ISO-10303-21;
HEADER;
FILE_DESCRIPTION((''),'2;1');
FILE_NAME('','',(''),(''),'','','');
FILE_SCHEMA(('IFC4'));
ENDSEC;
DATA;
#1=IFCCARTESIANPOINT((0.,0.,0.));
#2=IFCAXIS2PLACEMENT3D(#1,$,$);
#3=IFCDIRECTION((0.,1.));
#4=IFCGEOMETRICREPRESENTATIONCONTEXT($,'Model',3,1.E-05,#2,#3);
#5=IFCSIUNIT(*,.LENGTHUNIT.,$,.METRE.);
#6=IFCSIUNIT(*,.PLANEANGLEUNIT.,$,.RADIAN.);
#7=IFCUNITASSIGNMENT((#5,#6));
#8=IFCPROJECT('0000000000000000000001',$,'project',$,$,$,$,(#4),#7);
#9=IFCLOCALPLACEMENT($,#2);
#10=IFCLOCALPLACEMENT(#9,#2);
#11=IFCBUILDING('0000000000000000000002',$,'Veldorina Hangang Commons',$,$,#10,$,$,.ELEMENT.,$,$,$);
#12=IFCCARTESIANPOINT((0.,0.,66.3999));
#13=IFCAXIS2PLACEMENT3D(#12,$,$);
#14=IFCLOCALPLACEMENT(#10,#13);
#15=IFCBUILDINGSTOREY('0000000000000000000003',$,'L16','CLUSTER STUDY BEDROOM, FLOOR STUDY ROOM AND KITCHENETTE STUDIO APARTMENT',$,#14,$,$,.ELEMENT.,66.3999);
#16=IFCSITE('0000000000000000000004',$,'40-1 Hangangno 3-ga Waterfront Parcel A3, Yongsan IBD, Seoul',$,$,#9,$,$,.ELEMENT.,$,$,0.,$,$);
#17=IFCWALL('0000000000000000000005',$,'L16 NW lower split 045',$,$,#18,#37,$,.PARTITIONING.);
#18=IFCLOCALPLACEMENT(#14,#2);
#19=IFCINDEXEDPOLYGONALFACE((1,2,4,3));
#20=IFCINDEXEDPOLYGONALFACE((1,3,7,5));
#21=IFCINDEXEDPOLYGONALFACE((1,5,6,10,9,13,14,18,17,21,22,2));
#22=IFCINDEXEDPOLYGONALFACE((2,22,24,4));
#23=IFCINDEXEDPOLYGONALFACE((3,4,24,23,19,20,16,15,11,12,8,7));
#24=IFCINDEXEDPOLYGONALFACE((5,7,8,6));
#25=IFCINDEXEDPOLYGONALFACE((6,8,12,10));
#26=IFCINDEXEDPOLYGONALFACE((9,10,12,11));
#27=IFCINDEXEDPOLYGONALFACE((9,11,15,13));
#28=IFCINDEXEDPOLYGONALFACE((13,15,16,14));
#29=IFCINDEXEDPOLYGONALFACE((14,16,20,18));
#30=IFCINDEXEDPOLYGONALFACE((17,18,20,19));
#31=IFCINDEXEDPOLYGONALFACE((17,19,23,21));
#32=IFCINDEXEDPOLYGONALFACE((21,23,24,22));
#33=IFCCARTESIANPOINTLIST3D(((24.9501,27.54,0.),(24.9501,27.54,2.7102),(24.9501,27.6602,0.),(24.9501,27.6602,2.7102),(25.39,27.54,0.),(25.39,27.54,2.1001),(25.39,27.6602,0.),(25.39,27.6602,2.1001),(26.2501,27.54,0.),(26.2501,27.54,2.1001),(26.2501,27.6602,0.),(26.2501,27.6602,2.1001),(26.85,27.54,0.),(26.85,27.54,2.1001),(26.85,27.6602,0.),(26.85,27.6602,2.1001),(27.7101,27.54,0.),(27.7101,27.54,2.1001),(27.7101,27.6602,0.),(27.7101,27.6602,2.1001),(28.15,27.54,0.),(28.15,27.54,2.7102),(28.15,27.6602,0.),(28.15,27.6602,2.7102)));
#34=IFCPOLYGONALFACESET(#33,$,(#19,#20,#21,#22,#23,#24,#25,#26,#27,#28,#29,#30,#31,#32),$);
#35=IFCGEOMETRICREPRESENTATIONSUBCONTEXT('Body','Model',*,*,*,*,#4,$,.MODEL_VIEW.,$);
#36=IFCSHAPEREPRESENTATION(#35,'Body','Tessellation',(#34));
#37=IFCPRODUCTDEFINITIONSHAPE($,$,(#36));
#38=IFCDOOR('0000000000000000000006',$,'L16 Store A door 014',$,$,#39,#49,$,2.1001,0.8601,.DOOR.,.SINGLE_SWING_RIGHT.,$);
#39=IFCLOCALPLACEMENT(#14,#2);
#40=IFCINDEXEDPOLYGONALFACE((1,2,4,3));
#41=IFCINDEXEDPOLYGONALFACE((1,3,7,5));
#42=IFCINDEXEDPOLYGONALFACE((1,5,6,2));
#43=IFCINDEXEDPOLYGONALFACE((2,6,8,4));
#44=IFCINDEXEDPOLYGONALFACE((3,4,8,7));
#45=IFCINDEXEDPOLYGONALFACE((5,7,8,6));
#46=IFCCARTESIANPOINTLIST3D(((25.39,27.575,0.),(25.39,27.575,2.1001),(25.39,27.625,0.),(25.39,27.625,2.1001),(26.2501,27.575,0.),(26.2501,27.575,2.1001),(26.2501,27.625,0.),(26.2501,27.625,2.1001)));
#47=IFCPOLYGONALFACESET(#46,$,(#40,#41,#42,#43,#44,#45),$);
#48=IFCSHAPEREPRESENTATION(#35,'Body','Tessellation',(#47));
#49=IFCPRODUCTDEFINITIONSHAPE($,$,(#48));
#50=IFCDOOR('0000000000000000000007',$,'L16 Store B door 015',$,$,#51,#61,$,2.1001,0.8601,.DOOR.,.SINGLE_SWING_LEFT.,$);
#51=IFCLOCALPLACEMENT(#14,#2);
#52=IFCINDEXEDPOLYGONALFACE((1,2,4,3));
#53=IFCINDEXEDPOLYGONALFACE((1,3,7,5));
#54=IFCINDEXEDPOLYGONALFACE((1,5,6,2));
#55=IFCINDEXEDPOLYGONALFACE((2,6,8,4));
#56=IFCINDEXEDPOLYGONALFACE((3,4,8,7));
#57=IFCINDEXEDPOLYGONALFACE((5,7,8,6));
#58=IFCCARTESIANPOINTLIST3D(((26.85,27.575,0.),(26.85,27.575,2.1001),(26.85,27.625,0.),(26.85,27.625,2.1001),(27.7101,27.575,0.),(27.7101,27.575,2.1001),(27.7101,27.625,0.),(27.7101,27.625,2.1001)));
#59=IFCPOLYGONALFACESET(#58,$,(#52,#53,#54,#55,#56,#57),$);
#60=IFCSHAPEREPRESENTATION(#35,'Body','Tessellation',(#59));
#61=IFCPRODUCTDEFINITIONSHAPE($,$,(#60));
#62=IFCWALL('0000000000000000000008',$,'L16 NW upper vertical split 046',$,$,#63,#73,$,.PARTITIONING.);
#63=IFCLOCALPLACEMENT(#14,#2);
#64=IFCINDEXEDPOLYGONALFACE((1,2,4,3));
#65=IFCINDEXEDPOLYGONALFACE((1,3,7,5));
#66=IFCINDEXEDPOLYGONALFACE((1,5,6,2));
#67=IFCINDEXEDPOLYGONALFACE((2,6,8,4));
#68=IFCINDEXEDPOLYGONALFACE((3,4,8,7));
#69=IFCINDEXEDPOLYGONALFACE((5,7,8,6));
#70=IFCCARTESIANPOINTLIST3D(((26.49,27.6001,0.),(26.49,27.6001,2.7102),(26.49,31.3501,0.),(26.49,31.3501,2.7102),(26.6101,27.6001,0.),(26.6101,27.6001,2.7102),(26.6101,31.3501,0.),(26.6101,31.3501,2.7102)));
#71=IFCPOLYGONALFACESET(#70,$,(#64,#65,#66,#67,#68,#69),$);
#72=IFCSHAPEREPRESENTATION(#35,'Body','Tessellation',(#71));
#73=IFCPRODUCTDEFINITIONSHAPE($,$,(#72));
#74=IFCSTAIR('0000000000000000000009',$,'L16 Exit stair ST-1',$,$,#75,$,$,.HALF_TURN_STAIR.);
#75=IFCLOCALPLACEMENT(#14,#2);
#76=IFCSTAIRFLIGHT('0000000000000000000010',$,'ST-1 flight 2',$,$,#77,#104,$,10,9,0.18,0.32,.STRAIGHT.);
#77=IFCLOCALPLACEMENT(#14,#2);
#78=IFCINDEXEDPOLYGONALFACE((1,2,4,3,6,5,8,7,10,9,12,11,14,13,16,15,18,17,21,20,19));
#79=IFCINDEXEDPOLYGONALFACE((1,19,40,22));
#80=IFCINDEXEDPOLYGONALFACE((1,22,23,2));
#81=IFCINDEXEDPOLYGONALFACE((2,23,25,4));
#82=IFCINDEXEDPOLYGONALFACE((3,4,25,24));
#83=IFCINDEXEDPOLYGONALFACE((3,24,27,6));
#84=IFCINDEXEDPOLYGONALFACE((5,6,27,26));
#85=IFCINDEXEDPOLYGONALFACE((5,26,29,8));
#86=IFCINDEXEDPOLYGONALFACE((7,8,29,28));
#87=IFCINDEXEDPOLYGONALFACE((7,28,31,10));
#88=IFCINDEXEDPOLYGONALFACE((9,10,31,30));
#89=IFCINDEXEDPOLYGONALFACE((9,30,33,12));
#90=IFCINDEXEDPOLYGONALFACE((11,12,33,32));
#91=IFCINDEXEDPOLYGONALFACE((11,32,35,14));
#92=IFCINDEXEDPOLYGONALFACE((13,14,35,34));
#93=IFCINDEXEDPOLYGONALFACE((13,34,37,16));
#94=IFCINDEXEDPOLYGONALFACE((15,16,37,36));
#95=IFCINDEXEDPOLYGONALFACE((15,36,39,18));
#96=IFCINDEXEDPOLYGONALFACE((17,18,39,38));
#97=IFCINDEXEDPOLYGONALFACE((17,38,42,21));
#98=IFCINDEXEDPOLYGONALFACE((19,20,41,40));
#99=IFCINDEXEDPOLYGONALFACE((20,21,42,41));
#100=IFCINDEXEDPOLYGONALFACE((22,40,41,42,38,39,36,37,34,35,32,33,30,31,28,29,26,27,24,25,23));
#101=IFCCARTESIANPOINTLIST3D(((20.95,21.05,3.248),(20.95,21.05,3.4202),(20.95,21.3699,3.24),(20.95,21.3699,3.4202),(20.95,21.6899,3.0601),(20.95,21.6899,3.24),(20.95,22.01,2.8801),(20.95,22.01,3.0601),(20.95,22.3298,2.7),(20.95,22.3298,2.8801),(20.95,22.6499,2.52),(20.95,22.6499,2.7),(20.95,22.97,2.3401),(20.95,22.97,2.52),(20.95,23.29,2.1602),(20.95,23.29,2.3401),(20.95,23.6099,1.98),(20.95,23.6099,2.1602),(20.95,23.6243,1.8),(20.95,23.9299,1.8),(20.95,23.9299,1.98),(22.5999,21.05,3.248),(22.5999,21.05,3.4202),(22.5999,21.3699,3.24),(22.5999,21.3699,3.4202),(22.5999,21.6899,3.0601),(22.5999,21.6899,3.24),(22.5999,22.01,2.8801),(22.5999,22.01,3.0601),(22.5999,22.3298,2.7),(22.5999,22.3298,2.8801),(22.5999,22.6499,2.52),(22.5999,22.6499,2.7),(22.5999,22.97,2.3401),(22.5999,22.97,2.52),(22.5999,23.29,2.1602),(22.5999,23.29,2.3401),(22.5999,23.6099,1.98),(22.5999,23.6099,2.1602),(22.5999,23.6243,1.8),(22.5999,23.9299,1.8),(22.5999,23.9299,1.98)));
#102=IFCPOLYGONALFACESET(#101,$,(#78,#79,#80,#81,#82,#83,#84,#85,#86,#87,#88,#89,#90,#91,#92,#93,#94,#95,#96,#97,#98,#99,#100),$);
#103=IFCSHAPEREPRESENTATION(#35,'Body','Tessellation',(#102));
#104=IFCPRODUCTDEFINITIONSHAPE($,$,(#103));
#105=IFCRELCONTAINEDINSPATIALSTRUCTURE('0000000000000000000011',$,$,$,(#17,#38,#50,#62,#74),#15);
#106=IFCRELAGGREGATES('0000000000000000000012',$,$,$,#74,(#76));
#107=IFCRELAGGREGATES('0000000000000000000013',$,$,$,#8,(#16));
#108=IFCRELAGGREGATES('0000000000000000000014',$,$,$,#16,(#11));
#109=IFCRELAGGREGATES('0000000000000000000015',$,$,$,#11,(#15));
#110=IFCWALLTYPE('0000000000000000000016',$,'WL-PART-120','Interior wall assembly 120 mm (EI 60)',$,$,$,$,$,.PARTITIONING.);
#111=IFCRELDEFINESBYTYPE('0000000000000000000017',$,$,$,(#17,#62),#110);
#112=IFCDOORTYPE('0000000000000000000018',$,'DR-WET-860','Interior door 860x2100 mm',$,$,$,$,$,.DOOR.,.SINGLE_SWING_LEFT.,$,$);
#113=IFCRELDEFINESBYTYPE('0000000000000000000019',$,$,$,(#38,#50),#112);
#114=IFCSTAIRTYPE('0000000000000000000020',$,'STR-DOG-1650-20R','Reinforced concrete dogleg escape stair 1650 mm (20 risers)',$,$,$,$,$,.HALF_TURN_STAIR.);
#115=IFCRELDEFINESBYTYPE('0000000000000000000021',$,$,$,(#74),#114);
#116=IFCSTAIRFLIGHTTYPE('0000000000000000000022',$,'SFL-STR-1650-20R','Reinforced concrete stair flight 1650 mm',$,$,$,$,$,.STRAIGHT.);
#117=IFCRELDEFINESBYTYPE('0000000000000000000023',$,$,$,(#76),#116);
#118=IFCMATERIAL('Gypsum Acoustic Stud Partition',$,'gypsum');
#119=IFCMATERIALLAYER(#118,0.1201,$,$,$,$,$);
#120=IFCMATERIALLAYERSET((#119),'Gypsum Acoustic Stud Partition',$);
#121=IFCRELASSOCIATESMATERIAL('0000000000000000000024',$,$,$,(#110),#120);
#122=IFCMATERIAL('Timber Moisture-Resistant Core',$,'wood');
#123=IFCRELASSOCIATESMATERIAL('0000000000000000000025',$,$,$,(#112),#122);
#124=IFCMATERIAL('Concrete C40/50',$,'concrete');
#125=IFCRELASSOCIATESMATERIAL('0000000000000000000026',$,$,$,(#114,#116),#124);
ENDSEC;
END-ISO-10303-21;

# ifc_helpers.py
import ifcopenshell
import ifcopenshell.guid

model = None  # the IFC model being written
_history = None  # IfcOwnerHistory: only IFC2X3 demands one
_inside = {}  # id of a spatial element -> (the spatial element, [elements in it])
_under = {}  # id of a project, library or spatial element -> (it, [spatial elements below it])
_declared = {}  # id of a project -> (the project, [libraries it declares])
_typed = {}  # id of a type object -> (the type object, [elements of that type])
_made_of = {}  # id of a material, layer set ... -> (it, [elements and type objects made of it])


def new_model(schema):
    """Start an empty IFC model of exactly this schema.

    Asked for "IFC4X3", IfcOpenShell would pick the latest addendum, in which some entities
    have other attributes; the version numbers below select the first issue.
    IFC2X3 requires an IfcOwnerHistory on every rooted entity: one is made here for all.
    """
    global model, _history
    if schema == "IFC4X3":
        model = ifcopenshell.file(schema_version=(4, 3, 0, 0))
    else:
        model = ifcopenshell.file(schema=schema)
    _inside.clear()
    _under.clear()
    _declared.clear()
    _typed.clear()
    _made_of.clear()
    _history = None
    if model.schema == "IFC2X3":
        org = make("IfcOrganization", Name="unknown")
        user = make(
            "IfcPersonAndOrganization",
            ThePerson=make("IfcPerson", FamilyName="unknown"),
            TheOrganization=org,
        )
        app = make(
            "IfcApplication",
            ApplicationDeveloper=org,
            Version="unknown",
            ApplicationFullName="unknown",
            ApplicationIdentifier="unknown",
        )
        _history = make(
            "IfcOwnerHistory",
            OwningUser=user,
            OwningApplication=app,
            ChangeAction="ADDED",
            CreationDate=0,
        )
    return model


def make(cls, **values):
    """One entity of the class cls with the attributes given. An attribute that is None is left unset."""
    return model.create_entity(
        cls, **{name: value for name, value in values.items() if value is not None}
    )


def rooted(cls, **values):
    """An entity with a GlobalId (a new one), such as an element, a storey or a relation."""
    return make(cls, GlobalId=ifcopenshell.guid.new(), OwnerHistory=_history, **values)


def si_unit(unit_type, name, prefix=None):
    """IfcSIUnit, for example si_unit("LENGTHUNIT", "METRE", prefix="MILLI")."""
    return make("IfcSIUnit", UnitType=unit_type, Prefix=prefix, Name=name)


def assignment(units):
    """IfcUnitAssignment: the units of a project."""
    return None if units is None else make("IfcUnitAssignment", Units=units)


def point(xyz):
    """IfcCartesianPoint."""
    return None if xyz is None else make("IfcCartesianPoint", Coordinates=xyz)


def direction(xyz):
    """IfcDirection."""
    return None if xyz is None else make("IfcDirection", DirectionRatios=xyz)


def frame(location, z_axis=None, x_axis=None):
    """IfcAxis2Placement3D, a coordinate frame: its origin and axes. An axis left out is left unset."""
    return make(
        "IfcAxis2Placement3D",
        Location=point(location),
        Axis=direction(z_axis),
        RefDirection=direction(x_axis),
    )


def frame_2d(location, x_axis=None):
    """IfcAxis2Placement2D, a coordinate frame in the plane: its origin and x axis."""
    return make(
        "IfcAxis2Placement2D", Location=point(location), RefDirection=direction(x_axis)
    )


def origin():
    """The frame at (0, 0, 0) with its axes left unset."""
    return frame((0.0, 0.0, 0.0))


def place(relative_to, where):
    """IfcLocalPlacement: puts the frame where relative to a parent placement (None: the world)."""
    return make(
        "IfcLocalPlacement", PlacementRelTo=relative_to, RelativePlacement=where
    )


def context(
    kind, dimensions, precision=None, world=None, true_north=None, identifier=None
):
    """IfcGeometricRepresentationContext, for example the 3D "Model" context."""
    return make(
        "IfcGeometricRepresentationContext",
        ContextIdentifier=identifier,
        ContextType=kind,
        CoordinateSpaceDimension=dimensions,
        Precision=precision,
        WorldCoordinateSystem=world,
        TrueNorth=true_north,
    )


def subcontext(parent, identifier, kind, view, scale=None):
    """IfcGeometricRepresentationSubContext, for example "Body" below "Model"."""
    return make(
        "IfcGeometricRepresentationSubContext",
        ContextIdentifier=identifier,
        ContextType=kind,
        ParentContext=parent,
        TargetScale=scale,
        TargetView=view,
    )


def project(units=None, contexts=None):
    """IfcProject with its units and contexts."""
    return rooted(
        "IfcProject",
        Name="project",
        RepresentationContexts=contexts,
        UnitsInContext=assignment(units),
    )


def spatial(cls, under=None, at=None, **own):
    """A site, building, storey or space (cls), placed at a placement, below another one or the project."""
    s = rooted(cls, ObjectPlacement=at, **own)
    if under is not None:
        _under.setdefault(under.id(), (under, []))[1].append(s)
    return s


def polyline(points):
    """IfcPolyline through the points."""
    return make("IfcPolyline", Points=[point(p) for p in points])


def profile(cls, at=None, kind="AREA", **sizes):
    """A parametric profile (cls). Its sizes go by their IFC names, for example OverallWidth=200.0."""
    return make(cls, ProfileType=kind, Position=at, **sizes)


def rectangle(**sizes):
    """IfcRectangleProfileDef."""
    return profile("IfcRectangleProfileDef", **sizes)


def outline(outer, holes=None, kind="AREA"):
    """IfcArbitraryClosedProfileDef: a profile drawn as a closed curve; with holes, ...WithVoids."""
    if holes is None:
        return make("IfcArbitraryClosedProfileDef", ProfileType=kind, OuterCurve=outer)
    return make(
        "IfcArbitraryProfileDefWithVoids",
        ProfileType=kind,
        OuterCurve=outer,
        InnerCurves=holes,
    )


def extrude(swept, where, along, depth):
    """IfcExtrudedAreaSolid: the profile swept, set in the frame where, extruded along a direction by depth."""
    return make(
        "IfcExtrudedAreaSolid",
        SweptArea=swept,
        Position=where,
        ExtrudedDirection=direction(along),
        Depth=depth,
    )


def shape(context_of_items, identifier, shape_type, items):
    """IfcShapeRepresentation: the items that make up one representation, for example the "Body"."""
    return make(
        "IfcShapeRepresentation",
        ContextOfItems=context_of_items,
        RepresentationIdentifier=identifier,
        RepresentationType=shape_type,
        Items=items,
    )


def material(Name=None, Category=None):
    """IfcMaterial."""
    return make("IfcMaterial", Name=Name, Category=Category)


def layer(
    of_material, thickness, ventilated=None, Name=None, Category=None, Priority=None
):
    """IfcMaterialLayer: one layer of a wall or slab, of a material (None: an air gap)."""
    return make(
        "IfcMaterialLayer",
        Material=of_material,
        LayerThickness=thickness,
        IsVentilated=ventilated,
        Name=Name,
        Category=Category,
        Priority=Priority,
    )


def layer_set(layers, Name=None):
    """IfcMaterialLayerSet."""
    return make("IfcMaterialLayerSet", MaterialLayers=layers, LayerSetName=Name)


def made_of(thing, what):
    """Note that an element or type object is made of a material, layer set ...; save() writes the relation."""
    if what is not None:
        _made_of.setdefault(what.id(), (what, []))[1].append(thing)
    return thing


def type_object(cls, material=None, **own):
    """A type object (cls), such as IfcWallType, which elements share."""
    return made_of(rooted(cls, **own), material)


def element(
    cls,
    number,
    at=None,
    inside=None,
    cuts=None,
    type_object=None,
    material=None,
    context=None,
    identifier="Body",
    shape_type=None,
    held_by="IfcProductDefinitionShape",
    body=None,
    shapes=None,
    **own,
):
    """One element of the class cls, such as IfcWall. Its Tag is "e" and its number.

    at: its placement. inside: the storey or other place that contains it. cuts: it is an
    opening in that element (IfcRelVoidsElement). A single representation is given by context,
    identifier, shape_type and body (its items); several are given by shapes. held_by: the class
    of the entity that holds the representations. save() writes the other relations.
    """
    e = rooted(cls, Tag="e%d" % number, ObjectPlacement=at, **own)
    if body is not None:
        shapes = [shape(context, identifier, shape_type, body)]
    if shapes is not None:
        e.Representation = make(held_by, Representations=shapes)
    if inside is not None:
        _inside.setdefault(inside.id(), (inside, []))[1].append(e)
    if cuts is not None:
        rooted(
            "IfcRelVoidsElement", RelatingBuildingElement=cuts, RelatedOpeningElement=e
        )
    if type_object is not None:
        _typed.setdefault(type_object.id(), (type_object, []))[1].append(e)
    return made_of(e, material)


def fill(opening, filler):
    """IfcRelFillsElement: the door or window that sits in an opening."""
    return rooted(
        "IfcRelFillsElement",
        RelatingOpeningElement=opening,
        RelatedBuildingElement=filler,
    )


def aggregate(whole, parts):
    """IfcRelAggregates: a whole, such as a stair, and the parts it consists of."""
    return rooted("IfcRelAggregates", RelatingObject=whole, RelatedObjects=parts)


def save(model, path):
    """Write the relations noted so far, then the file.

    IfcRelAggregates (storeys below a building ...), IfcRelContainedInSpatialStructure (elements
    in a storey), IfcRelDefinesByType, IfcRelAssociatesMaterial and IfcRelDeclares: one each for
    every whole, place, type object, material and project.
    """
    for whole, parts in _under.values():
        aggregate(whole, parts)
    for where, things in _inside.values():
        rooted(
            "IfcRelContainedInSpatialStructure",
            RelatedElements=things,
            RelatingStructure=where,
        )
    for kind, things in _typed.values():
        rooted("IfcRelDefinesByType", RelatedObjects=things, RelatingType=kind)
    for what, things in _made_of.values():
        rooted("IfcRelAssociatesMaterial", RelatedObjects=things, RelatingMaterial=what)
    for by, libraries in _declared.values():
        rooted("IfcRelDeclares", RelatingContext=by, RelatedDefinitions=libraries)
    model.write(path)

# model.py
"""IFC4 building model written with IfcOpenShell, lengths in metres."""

from ifc_helpers import new_model, si_unit, direction, frame, frame_2d, origin, place, context, subcontext, project, spatial, polyline, rectangle, outline, extrude, material, layer, layer_set, type_object, element, fill, aggregate, save


model = new_model("IFC4")

# Units and contexts
model_context = context("Model", 3, precision=1e-05, world=origin(), true_north=direction((0.0, 1.0)))
body_context = subcontext(model_context, "Body", "Model", "MODEL_VIEW")
ifc_project = project(units=[si_unit("LENGTHUNIT", "METRE"), si_unit("PLANEANGLEUNIT", "RADIAN")], contexts=[model_context])

# Site, building, storey
site_placement = place(None, origin())
site = spatial("IfcSite", under=ifc_project, at=site_placement, Name="40-1 Hangangno 3-ga Waterfront Parcel A3, Yongsan IBD, Seoul", CompositionType="ELEMENT", RefElevation=0.0)
building_placement = place(site_placement, origin())
building = spatial("IfcBuilding", under=site, at=building_placement, Name="Veldorina Hangang Commons", CompositionType="ELEMENT")
storey_placement = place(building_placement, frame((0.0, 0.0, 66.3999)))
storey = spatial("IfcBuildingStorey", under=building, at=storey_placement, Name="L16", Description="CLUSTER STUDY BEDROOM, FLOOR STUDY ROOM AND KITCHENETTE STUDIO APARTMENT", CompositionType="ELEMENT", Elevation=66.3999)

# Shared definitions
ifc_material_1 = material(Name="Gypsum Acoustic Stud Partition", Category="gypsum")
ifc_layer_1 = layer(ifc_material_1, 0.1201)
ifc_layer_set_1 = layer_set([ifc_layer_1], Name="Gypsum Acoustic Stud Partition")
wall_type_1 = type_object("IfcWallType", Name="WL-PART-120", Description="Interior wall assembly 120 mm (EI 60)", PredefinedType="PARTITIONING", material=ifc_layer_set_1)

# Wall, openings, doors
wall_1_placement = place(storey_placement, frame((24.95, 27.6001, 0.0), z_axis=(0.0, 0.0, 1.0), x_axis=(1.0, 0.0, 0.0)))
wall_1 = element("IfcWall", 1, at=wall_1_placement, inside=storey, type_object=wall_type_1, Name="L16 NW lower split 045", PredefinedType="PARTITIONING", context=body_context, shape_type="SweptSolid", body=[
    extrude(rectangle(XDim=3.2, YDim=0.1201, at=frame_2d((1.6001, 0.0))), origin(), (0.0, 0.0, 1.0), 2.7102),
])
opening_1_placement = place(wall_1_placement, frame((0.4399, 0.0, 0.0)))
opening_1 = element("IfcOpeningElement", 2, at=opening_1_placement, cuts=wall_1, PredefinedType="OPENING", context=body_context, shape_type="SweptSolid", body=[
    extrude(rectangle(XDim=0.8601, YDim=2.1001, at=frame_2d((0.4302, 1.05))), frame((0.0, 0.0701, 0.0), z_axis=(0.0, -1.0, 0.0), x_axis=(1.0, 0.0, 0.0)), (0.0, 0.0, 1.0), 0.1401),
])
opening_2_placement = place(wall_1_placement, frame((1.8999, 0.0, 0.0)))
opening_2 = element("IfcOpeningElement", 3, at=opening_2_placement, cuts=wall_1, PredefinedType="OPENING", context=body_context, shape_type="SweptSolid", body=[
    extrude(rectangle(XDim=0.8601, YDim=2.1001, at=frame_2d((0.4302, 1.05))), frame((0.0, 0.0701, 0.0), z_axis=(0.0, -1.0, 0.0), x_axis=(1.0, 0.0, 0.0)), (0.0, 0.0, 1.0), 0.1401),
])
ifc_material_2 = material(Name="Timber Moisture-Resistant Core", Category="wood")
door_type_1 = type_object("IfcDoorType", Name="DR-WET-860", Description="Interior door 860x2100 mm", OperationType="SINGLE_SWING_LEFT", PredefinedType="DOOR", material=ifc_material_2)
door_1_placement = place(opening_1_placement, origin())
door_1 = element("IfcDoor", 4, at=door_1_placement, inside=storey, type_object=door_type_1, Name="L16 Store A door 014", OperationType="SINGLE_SWING_RIGHT", OverallHeight=2.1001, OverallWidth=0.8601, PredefinedType="DOOR", context=body_context, shape_type="SweptSolid", body=[
    extrude(rectangle(XDim=0.8601, YDim=2.1001, at=frame_2d((0.4302, 1.05))), frame((0.0, 0.0249, 0.0), z_axis=(0.0, -1.0, 0.0), x_axis=(1.0, 0.0, 0.0)), (0.0, 0.0, 1.0), 0.05),
])
fill(opening_1, door_1)
door_2_placement = place(opening_2_placement, origin())
door_2 = element("IfcDoor", 5, at=door_2_placement, inside=storey, type_object=door_type_1, Name="L16 Store B door 015", OperationType="SINGLE_SWING_LEFT", OverallHeight=2.1001, OverallWidth=0.8601, PredefinedType="DOOR", context=body_context, shape_type="SweptSolid", body=[
    extrude(rectangle(XDim=0.8601, YDim=2.1001, at=frame_2d((0.4302, 1.05))), frame((0.0, 0.0249, 0.0), z_axis=(0.0, -1.0, 0.0), x_axis=(1.0, 0.0, 0.0)), (0.0, 0.0, 1.0), 0.05),
])
fill(opening_2, door_2)

# Wall
wall_2_placement = place(storey_placement, frame((26.55, 27.6001, 0.0), z_axis=(0.0, 0.0, 1.0), x_axis=(0.0, 1.0, 0.0)))
element("IfcWall", 6, at=wall_2_placement, inside=storey, type_object=wall_type_1, Name="L16 NW upper vertical split 046", PredefinedType="PARTITIONING", context=body_context, shape_type="SweptSolid", body=[
    extrude(rectangle(XDim=3.75, YDim=0.1201, at=frame_2d((1.875, 0.0))), origin(), (0.0, 0.0, 1.0), 2.7102),
])

# Stair, stair flight
ifc_material_3 = material(Name="Concrete C40/50", Category="concrete")
stair_type = type_object("IfcStairType", Name="STR-DOG-1650-20R", Description="Reinforced concrete dogleg escape stair 1650 mm (20 risers)", PredefinedType="HALF_TURN_STAIR", material=ifc_material_3)
stair_placement = place(storey_placement, origin())
stair = element("IfcStair", 7, at=stair_placement, inside=storey, type_object=stair_type, Name="L16 Exit stair ST-1", PredefinedType="HALF_TURN_STAIR")
stair_flight_type = type_object("IfcStairFlightType", Name="SFL-STR-1650-20R", Description="Reinforced concrete stair flight 1650 mm", PredefinedType="STRAIGHT", material=ifc_material_3)
stair_flight_placement = place(storey_placement, frame((21.7749, 23.9299, 1.8), z_axis=(0.0, 0.0, 1.0), x_axis=(0.0, -1.0, 0.0)))
stair_flight = element("IfcStairFlight", 8, at=stair_flight_placement, type_object=stair_flight_type, Name="ST-1 flight 2", NumberOfRisers=10, NumberOfTreads=9, PredefinedType="STRAIGHT", RiserHeight=0.18, TreadLength=0.32, context=body_context, shape_type="SweptSolid", body=[
    extrude(outline(polyline([(0.0, 0.0), (0.0, 0.1799), (0.3201, 0.1799), (0.3201, 0.3601), (0.6399, 0.3601), (0.6399, 0.54), (0.96, 0.54), (0.96, 0.72), (1.28, 0.72), (1.28, 0.8999), (1.6001, 0.8999), (1.6001, 1.0801), (1.9199, 1.0801), (1.9199, 1.26), (2.24, 1.26), (2.24, 1.4399), (2.5601, 1.4399), (2.5601, 1.6201), (2.8799, 1.6201), (2.8799, 1.8), (2.8799, 1.448), (0.3057, 0.0), (0.0, 0.0)])), frame((0.0, 0.825, 0.0), z_axis=(0.0, -1.0, 0.0), x_axis=(1.0, 0.0, 0.0)), (0.0, 0.0, 1.0), 1.6499),
])
aggregate(stair, [stair_flight])

save(model, "model.ifc")
